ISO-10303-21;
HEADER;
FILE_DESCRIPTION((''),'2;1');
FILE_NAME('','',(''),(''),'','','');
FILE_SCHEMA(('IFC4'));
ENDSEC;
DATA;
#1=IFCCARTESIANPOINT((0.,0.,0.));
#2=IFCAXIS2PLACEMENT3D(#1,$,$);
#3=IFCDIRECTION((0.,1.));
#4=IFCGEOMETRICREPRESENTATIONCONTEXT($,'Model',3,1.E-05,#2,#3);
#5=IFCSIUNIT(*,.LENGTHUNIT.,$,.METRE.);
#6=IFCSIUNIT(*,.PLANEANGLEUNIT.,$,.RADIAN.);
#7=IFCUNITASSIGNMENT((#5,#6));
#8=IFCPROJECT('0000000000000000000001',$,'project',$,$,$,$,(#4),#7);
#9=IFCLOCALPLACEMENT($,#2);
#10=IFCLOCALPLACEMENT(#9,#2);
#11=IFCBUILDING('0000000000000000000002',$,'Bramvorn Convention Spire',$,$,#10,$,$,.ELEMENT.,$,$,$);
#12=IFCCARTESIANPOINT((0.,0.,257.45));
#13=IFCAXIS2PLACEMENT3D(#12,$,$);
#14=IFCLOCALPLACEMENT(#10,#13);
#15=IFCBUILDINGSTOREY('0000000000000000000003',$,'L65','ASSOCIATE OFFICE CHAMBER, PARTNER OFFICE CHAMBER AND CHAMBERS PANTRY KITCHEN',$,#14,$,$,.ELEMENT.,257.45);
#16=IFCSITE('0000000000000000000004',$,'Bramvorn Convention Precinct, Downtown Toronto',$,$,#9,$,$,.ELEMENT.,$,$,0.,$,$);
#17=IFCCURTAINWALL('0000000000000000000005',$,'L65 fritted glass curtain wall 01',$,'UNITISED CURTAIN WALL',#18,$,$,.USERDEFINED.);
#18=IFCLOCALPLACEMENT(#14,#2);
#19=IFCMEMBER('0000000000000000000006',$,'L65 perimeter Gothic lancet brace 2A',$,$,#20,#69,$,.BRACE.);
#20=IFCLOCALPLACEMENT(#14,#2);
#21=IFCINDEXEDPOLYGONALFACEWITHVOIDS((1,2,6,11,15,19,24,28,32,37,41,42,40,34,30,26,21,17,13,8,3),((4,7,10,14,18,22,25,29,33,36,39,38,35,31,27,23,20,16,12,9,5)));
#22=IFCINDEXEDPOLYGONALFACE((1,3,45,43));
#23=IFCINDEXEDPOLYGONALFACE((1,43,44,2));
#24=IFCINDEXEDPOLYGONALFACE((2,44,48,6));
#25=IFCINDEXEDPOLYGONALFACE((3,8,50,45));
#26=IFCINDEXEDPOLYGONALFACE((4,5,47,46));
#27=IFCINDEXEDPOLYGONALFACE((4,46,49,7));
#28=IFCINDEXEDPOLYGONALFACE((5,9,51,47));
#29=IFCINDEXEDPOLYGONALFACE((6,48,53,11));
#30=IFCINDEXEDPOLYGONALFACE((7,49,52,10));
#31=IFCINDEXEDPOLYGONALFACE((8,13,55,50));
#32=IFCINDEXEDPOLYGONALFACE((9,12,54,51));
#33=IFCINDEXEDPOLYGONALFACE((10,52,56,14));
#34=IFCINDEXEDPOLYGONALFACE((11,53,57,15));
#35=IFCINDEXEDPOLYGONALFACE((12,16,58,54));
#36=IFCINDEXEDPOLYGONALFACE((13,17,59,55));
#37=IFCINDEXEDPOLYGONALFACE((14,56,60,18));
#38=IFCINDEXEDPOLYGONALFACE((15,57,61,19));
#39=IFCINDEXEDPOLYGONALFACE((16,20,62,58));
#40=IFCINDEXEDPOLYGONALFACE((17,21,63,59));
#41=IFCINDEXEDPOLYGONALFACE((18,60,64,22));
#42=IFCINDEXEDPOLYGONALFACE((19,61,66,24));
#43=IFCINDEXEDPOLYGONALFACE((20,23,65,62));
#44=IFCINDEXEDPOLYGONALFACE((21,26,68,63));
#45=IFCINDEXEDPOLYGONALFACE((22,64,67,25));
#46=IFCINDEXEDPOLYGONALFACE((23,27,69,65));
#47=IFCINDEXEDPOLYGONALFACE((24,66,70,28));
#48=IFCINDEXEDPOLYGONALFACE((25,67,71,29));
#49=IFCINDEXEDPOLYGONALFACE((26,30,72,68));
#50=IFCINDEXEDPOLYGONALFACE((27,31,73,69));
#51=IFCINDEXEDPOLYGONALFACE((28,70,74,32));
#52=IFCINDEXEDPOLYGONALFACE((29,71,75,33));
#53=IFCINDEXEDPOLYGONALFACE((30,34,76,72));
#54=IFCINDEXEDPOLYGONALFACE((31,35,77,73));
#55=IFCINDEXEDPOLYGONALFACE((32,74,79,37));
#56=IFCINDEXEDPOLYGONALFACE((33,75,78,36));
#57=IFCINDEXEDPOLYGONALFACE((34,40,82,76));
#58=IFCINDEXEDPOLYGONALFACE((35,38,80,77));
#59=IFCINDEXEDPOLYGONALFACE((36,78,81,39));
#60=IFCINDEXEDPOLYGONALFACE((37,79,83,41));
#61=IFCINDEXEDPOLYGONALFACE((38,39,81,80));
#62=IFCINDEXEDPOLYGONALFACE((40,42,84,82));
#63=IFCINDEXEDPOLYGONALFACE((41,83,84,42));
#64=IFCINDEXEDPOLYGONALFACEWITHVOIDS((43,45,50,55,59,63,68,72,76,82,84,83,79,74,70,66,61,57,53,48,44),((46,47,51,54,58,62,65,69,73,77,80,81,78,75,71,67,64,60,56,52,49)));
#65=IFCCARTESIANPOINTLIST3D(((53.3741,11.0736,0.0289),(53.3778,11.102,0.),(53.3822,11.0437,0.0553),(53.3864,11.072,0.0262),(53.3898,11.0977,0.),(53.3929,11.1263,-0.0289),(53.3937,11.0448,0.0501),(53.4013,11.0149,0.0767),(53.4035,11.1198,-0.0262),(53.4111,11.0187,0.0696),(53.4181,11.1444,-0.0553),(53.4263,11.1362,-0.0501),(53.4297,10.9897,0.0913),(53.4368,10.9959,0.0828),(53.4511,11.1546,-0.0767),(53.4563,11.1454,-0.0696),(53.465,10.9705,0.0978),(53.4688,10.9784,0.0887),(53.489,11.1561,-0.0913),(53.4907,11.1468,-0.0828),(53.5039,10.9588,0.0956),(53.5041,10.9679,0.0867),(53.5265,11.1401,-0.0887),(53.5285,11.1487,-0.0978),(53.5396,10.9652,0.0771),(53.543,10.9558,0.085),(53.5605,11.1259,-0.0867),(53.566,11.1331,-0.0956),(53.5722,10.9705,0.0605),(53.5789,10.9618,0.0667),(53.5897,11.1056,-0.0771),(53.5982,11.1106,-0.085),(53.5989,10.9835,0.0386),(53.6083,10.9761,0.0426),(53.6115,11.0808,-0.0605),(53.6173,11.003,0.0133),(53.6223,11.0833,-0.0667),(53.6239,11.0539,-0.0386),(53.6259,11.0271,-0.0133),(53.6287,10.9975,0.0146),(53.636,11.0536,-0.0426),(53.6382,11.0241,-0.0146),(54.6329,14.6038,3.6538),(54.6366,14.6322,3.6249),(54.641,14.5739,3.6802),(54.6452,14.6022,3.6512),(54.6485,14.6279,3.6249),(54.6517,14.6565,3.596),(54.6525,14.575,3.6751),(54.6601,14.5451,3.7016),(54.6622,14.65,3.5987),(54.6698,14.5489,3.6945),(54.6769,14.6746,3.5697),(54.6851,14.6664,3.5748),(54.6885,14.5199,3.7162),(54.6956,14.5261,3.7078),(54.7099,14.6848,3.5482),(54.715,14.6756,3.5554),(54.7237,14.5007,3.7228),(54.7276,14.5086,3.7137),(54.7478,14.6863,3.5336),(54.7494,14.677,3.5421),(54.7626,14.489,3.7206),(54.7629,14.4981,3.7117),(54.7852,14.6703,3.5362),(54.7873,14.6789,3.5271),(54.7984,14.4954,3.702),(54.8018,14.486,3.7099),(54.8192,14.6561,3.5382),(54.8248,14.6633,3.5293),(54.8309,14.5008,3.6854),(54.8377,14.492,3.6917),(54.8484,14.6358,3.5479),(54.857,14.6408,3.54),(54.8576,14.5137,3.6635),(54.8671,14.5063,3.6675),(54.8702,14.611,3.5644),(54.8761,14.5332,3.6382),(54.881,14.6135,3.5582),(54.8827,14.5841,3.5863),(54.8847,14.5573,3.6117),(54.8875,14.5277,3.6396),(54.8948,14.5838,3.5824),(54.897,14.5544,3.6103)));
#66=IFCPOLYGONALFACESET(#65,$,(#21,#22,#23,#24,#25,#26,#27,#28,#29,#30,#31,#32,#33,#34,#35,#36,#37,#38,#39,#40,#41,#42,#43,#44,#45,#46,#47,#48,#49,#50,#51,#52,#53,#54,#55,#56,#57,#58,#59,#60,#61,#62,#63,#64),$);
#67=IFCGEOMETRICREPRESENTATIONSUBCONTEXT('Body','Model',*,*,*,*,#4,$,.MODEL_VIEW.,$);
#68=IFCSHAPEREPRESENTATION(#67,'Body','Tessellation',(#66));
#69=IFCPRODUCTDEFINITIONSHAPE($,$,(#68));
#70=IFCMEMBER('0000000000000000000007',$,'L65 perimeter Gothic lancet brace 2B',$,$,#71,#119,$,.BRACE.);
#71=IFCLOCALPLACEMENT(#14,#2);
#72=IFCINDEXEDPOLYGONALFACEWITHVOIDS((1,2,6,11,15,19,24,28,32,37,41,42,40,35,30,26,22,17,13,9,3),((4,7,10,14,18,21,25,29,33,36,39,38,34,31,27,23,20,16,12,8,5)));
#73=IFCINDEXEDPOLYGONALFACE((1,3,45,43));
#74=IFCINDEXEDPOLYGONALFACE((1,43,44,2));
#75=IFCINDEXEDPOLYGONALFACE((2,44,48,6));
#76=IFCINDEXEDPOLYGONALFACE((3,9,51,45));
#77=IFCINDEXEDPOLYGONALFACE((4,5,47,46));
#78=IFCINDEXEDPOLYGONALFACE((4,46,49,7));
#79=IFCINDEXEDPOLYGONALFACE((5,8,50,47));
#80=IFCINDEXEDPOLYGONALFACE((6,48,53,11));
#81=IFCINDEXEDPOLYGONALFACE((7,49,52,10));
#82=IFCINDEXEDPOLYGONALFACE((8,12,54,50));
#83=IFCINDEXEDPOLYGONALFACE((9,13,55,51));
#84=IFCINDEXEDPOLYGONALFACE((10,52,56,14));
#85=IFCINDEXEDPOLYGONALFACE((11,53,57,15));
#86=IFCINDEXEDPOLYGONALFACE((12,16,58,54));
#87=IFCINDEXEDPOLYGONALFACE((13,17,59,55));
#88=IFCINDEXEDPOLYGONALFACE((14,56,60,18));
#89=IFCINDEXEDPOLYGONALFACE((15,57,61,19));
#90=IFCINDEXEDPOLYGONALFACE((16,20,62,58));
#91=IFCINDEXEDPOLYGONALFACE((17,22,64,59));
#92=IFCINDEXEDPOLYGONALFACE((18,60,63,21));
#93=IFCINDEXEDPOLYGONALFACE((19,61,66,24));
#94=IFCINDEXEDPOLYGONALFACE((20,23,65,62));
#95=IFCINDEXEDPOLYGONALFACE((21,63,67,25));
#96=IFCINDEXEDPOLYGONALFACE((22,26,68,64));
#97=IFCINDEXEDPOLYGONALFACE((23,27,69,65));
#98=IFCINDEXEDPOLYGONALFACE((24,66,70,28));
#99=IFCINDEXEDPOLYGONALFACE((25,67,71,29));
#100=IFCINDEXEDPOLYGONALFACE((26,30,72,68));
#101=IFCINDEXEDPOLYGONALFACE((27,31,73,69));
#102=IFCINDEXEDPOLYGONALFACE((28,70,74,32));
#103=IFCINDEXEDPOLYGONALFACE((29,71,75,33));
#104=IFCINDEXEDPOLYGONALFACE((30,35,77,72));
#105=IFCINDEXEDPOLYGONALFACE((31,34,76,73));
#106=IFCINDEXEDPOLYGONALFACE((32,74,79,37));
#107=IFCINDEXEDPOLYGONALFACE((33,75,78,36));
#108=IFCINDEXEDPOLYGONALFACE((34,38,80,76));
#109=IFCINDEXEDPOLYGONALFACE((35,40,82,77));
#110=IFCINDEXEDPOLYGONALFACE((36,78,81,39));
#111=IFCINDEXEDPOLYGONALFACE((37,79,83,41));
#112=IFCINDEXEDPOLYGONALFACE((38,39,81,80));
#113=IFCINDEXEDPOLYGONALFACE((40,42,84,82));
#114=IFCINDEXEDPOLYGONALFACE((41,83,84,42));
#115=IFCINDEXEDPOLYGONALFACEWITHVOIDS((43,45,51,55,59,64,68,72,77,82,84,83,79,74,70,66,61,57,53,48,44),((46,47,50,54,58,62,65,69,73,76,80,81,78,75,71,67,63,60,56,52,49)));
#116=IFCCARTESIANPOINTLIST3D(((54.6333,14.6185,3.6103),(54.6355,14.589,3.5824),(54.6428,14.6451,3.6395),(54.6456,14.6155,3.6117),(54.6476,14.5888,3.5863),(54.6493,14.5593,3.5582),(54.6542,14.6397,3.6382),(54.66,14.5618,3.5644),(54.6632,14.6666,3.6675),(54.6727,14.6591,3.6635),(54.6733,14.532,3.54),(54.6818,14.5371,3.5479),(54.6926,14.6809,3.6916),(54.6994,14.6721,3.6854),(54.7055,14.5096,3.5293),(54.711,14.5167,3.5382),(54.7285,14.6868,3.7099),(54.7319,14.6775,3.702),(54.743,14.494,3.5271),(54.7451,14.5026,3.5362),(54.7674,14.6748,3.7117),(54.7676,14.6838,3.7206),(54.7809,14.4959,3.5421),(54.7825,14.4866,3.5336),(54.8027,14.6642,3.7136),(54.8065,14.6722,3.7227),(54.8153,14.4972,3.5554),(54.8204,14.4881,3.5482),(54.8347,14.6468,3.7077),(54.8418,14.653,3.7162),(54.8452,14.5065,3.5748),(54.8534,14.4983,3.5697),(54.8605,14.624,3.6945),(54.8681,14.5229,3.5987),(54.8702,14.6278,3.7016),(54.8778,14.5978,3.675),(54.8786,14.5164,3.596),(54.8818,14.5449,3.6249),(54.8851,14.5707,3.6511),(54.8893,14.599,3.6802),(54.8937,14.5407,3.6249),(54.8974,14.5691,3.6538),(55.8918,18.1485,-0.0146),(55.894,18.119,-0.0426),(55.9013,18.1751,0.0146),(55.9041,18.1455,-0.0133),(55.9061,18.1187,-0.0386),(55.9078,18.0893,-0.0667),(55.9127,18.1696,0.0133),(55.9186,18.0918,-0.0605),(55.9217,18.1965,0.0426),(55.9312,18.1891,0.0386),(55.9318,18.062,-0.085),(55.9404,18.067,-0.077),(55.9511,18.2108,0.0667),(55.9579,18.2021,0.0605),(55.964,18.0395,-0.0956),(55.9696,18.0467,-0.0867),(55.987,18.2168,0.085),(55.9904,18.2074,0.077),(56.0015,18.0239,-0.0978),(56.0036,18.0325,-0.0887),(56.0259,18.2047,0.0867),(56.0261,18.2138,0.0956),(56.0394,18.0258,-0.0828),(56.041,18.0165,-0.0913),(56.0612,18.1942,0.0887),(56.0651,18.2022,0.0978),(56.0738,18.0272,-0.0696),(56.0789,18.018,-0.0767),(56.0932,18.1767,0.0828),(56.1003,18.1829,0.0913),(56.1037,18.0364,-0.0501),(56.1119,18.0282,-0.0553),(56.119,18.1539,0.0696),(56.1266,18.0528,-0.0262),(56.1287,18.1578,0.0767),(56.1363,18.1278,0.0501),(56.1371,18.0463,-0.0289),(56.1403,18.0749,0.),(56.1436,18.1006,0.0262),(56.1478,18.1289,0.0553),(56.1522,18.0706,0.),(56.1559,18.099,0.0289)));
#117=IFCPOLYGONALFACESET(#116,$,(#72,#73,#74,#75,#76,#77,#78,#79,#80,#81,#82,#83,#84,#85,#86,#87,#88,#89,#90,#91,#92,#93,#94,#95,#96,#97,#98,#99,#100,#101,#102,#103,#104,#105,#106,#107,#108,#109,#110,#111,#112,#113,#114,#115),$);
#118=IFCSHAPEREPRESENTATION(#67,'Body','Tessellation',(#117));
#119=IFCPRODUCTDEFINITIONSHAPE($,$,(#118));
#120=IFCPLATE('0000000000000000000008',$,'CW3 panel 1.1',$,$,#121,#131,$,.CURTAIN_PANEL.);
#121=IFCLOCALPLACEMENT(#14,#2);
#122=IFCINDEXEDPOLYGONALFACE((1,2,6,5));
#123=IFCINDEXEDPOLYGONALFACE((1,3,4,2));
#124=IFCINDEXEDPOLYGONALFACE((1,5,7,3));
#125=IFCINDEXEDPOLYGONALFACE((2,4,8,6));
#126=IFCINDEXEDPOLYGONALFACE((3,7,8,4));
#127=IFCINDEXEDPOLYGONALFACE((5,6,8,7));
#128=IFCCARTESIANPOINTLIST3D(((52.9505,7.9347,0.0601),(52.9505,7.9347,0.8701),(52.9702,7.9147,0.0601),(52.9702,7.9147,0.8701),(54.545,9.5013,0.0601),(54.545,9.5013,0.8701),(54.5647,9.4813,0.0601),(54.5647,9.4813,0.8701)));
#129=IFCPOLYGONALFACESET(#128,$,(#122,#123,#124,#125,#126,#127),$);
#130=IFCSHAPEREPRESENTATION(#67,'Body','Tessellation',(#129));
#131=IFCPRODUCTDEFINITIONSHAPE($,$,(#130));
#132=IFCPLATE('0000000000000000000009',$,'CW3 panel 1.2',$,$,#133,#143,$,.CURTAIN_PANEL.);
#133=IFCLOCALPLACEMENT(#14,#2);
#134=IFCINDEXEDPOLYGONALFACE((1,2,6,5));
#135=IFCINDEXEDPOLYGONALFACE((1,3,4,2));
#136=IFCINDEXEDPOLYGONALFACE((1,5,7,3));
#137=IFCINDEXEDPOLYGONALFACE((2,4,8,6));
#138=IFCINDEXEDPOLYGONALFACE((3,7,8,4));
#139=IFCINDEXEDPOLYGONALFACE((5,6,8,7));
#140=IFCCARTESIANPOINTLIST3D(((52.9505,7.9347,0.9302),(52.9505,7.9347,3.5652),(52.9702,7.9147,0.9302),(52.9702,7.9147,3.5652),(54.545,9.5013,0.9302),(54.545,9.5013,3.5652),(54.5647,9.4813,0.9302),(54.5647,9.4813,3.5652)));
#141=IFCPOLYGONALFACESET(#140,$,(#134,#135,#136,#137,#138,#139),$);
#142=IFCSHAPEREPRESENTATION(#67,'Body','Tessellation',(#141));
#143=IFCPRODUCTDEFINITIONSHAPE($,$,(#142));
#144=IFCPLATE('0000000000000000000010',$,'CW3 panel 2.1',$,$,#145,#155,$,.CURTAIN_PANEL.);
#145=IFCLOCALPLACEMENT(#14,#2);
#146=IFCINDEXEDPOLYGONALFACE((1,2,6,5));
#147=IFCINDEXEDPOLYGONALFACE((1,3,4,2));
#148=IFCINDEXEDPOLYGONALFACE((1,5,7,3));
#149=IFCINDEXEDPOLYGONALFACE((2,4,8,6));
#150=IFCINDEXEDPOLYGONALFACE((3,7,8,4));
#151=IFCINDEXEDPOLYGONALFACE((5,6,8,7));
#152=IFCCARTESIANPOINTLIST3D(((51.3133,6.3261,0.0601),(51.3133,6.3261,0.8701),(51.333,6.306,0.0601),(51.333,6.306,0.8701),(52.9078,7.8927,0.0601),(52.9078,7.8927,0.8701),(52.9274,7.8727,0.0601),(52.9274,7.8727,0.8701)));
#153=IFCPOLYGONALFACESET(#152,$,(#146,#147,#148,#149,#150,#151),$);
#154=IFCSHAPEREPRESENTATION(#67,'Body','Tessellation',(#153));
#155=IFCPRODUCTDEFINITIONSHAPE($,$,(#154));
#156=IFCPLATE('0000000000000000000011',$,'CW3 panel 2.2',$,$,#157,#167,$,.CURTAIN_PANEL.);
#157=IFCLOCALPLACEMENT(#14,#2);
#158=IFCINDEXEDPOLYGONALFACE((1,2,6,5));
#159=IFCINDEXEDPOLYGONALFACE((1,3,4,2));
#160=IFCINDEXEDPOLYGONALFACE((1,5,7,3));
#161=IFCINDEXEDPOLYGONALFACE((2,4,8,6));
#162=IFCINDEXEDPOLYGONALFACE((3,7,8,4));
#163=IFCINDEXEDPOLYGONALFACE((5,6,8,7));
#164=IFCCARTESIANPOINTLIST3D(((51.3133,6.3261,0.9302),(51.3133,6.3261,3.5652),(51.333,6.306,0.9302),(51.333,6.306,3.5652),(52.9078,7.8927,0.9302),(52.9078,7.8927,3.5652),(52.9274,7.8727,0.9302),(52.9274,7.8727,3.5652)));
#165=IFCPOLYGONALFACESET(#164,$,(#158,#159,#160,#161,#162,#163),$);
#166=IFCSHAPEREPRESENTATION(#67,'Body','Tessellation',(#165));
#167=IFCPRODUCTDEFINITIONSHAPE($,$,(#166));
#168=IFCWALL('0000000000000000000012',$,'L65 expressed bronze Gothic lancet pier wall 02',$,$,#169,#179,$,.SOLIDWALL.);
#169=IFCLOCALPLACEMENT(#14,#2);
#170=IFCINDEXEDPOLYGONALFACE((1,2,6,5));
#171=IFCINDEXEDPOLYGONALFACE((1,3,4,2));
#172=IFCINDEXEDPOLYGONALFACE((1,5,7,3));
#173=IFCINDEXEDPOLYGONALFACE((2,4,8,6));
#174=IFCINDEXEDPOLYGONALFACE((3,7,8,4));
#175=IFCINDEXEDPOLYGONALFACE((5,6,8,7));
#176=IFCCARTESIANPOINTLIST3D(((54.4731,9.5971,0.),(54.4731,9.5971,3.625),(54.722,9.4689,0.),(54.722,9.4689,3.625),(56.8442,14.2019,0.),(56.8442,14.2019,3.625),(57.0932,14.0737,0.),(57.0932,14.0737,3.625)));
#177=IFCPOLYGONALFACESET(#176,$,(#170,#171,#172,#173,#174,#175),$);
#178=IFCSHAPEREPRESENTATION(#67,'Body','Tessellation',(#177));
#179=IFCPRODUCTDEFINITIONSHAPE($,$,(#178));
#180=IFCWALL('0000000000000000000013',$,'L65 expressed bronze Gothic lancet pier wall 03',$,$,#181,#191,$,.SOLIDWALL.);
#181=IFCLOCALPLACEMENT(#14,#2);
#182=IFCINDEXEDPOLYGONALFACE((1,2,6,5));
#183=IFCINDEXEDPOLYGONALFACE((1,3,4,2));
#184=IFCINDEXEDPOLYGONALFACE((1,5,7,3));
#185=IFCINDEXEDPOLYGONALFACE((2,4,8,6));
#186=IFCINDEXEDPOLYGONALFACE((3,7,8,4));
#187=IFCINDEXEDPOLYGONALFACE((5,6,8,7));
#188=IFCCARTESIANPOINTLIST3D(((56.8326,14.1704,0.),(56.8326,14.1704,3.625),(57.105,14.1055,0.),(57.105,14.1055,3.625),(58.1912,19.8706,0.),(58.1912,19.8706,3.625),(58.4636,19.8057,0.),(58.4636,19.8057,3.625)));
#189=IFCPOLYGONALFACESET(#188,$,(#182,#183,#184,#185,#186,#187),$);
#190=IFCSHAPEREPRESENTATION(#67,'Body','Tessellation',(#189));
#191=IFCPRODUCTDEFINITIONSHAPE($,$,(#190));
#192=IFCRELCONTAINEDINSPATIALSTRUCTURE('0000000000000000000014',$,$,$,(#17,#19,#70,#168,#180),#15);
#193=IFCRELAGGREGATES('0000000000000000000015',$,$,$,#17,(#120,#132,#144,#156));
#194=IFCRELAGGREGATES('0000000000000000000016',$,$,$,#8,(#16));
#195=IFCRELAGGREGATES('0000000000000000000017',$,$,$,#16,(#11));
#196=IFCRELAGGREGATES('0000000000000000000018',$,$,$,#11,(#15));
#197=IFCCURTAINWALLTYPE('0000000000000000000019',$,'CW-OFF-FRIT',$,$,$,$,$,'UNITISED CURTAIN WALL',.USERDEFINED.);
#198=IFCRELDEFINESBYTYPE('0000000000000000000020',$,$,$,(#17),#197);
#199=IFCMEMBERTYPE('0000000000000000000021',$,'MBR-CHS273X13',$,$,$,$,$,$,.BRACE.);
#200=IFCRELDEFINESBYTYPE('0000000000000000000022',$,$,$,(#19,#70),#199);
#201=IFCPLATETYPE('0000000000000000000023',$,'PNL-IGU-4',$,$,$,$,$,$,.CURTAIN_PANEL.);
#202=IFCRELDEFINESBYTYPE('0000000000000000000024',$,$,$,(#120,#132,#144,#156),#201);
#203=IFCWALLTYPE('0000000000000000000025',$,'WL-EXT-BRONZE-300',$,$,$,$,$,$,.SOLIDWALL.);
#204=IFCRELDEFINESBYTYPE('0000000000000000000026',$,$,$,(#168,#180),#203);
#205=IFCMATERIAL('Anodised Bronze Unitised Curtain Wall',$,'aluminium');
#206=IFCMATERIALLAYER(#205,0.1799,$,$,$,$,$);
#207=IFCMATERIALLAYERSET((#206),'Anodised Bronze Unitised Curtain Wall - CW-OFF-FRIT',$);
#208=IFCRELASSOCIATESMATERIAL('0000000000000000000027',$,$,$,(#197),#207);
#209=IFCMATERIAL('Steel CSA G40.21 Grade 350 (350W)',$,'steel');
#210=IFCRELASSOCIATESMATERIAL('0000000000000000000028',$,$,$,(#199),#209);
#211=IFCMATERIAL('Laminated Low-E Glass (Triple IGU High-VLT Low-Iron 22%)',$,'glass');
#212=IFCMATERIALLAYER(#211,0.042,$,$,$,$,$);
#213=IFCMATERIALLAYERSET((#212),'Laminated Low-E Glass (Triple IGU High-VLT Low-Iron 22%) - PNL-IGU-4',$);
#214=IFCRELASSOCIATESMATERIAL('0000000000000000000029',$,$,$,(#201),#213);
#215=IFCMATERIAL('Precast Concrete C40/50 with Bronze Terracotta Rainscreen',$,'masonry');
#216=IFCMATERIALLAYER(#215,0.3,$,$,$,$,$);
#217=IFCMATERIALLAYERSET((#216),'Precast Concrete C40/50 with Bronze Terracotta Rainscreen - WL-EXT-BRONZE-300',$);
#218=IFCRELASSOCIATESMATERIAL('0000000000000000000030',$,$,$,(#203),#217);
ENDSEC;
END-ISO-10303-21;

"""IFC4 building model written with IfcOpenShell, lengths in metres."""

from ifc_helpers import new_model, si_unit, direction, frame, frame_2d, origin, origin_2d, place, context, subcontext, project, spatial, rectangle, hollow_circle, extrude, material, layer, layer_set, material_profile, profile_set, type_object, element, aggregate, save


model = new_model("IFC4")

# Units and contexts
model_context = context("Model", 3, precision=1e-05, world=origin(), true_north=direction((0.0, 1.0)))
body_context = subcontext(model_context, "Body", "Model", "MODEL_VIEW")
ifc_project = project(units=[si_unit("LENGTHUNIT", "METRE"), si_unit("PLANEANGLEUNIT", "RADIAN")], contexts=[model_context])

# Site, building, storey
site_placement = place(None, origin())
site = spatial("IfcSite", under=ifc_project, at=site_placement, Name="Bramvorn Convention Precinct, Downtown Toronto", CompositionType="ELEMENT", RefElevation=0.0)
building_placement = place(site_placement, origin())
building = spatial("IfcBuilding", under=site, at=building_placement, Name="Bramvorn Convention Spire", CompositionType="ELEMENT")
storey_placement = place(building_placement, frame((0.0, 0.0, 257.45)))
storey = spatial("IfcBuildingStorey", under=building, at=storey_placement, Name="L65", Description="ASSOCIATE OFFICE CHAMBER, PARTNER OFFICE CHAMBER AND CHAMBERS PANTRY KITCHEN", CompositionType="ELEMENT", Elevation=257.45)

# Shared definitions
ifc_material_1 = material(Name="Steel CSA G40.21 Grade 350 (350W)", Category="steel")

# Curtain wall
ifc_material_2 = material(Name="Anodised Bronze Unitised Curtain Wall", Category="aluminium")
ifc_layer_1 = layer(ifc_material_2, 0.1799)
ifc_layer_set_1 = layer_set([ifc_layer_1], Name="Anodised Bronze Unitised Curtain Wall - CW-OFF-FRIT")
curtain_wall_type = type_object("IfcCurtainWallType", Name="CW-OFF-FRIT", ElementType="UNITISED CURTAIN WALL", PredefinedType="USERDEFINED", material=ifc_layer_set_1)
curtain_wall_1_placement = place(storey_placement, origin())
curtain_wall_1 = element("IfcCurtainWall", 1, at=curtain_wall_1_placement, inside=storey, type_object=curtain_wall_type, Name="L65 fritted glass curtain wall 01", ObjectType="UNITISED CURTAIN WALL", PredefinedType="USERDEFINED")

# Members
ifc_material_profile_1 = material_profile(ifc_material_1, hollow_circle(Radius=0.1365, WallThickness=0.0127, at=origin_2d()))
ifc_profile_set_1 = profile_set([ifc_material_profile_1], Name="Steel CSA G40.21 Grade 350 (350W) - CHS273X13")
member_type_1 = type_object("IfcMemberType", Name="MBR-CHS273X13", PredefinedType="BRACE", material=ifc_profile_set_1)
member_1_placement = place(storey_placement, frame((53.5063, 11.0562, 0.0), z_axis=(0.241415, 0.677048, 0.695215), x_axis=(-0.941913, 0.335858, 0.0)))
element("IfcMember", 2, at=member_1_placement, inside=storey, type_object=member_type_1, Name="L65 perimeter Gothic lancet brace 2A", PredefinedType="BRACE", context=body_context, shape_type="SweptSolid", body=[
    extrude(hollow_circle(Radius=0.1365, WallThickness=0.0127, at=origin_2d()), origin(), (0.0, 0.0, 1.0), 5.2141),
])
member_2_placement = place(storey_placement, frame((56.0237, 18.1165, 0.0), z_axis=(-0.241379, -0.677031, 0.695245), x_axis=(0.941926, -0.33582, 0.0)))
element("IfcMember", 3, at=member_2_placement, inside=storey, type_object=member_type_1, Name="L65 perimeter Gothic lancet brace 2B", PredefinedType="BRACE", context=body_context, shape_type="SweptSolid", body=[
    extrude(hollow_circle(Radius=0.1365, WallThickness=0.0127, at=origin_2d()), origin(), (0.0, 0.0, 1.0), 5.2139),
])

# Plates
ifc_material_3 = material(Name="Laminated Low-E Glass (Triple IGU High-VLT Low-Iron 22%)", Category="glass")
ifc_layer_2 = layer(ifc_material_3, 0.042)
ifc_layer_set_2 = layer_set([ifc_layer_2], Name="Laminated Low-E Glass (Triple IGU High-VLT Low-Iron 22%) - PNL-IGU-4")
plate_type = type_object("IfcPlateType", Name="PNL-IGU-4", PredefinedType="CURTAIN_PANEL", material=ifc_layer_set_2)
plate_1_placement = place(storey_placement, frame((53.7576, 8.708, 0.0601), z_axis=(0.0, 0.0, 1.0), x_axis=(-0.713304, -0.700854, 0.0)))
plate_1 = element("IfcPlate", 4, at=plate_1_placement, type_object=plate_type, Name="CW3 panel 1.1", PredefinedType="CURTAIN_PANEL", context=body_context, shape_type="SweptSolid", body=[
    extrude(rectangle(XDim=2.2354, YDim=0.0281, at=origin_2d()), origin(), (0.0, 0.0, 1.0), 0.8101),
])
plate_2_placement = place(storey_placement, frame((53.7576, 8.708, 0.9302), z_axis=(0.0, 0.0, 1.0), x_axis=(-0.713304, -0.700854, 0.0)))
plate_2 = element("IfcPlate", 5, at=plate_2_placement, type_object=plate_type, Name="CW3 panel 1.2", PredefinedType="CURTAIN_PANEL", context=body_context, shape_type="SweptSolid", body=[
    extrude(rectangle(XDim=2.2354, YDim=0.0281, at=origin_2d()), origin(), (0.0, 0.0, 1.0), 2.635),
])
plate_3_placement = place(storey_placement, frame((52.1204, 7.0994, 0.0601), z_axis=(0.0, 0.0, 1.0), x_axis=(-0.713304, -0.700854, 0.0)))
plate_3 = element("IfcPlate", 6, at=plate_3_placement, type_object=plate_type, Name="CW3 panel 2.1", PredefinedType="CURTAIN_PANEL", context=body_context, shape_type="SweptSolid", body=[
    extrude(rectangle(XDim=2.2354, YDim=0.0281, at=origin_2d()), origin(), (0.0, 0.0, 1.0), 0.8101),
])
plate_4_placement = place(storey_placement, frame((52.1204, 7.0994, 0.9302), z_axis=(0.0, 0.0, 1.0), x_axis=(-0.713304, -0.700854, 0.0)))
plate_4 = element("IfcPlate", 7, at=plate_4_placement, type_object=plate_type, Name="CW3 panel 2.2", PredefinedType="CURTAIN_PANEL", context=body_context, shape_type="SweptSolid", body=[
    extrude(rectangle(XDim=2.2354, YDim=0.0281, at=origin_2d()), origin(), (0.0, 0.0, 1.0), 2.635),
])
aggregate(curtain_wall_1, [plate_1, plate_2, plate_3, plate_4])

# Walls
ifc_material_4 = material(Name="Precast Concrete C40/50 with Bronze Terracotta Rainscreen", Category="masonry")
ifc_layer_3 = layer(ifc_material_4, 0.3)
ifc_layer_set_3 = layer_set([ifc_layer_3], Name="Precast Concrete C40/50 with Bronze Terracotta Rainscreen - WL-EXT-BRONZE-300")
wall_type_1 = type_object("IfcWallType", Name="WL-EXT-BRONZE-300", PredefinedType="SOLIDWALL", material=ifc_layer_set_3)
wall_1_placement = place(storey_placement, frame((56.9688, 14.1379, 0.0), z_axis=(0.0, 0.0, 1.0), x_axis=(-0.457797, -0.889057, 0.0)))
element("IfcWall", 8, at=wall_1_placement, inside=storey, type_object=wall_type_1, Name="L65 expressed bronze Gothic lancet pier wall 02", PredefinedType="SOLIDWALL", context=body_context, shape_type="SweptSolid", body=[
    extrude(rectangle(XDim=5.1794, YDim=0.28, at=frame_2d((2.5898, 0.0))), origin(), (0.0, 0.0, 1.0), 3.625),
])
wall_2_placement = place(storey_placement, frame((58.3274, 19.8381, 0.0), z_axis=(0.0, 0.0, 1.0), x_axis=(-0.231855, -0.97275, 0.0)))
element("IfcWall", 9, at=wall_2_placement, inside=storey, type_object=wall_type_1, Name="L65 expressed bronze Gothic lancet pier wall 03", PredefinedType="SOLIDWALL", context=body_context, shape_type="SweptSolid", body=[
    extrude(rectangle(XDim=5.8599, YDim=0.28, at=frame_2d((2.9299, 0.0))), origin(), (0.0, 0.0, 1.0), 3.625),
])

save(model, "model.ifc")
